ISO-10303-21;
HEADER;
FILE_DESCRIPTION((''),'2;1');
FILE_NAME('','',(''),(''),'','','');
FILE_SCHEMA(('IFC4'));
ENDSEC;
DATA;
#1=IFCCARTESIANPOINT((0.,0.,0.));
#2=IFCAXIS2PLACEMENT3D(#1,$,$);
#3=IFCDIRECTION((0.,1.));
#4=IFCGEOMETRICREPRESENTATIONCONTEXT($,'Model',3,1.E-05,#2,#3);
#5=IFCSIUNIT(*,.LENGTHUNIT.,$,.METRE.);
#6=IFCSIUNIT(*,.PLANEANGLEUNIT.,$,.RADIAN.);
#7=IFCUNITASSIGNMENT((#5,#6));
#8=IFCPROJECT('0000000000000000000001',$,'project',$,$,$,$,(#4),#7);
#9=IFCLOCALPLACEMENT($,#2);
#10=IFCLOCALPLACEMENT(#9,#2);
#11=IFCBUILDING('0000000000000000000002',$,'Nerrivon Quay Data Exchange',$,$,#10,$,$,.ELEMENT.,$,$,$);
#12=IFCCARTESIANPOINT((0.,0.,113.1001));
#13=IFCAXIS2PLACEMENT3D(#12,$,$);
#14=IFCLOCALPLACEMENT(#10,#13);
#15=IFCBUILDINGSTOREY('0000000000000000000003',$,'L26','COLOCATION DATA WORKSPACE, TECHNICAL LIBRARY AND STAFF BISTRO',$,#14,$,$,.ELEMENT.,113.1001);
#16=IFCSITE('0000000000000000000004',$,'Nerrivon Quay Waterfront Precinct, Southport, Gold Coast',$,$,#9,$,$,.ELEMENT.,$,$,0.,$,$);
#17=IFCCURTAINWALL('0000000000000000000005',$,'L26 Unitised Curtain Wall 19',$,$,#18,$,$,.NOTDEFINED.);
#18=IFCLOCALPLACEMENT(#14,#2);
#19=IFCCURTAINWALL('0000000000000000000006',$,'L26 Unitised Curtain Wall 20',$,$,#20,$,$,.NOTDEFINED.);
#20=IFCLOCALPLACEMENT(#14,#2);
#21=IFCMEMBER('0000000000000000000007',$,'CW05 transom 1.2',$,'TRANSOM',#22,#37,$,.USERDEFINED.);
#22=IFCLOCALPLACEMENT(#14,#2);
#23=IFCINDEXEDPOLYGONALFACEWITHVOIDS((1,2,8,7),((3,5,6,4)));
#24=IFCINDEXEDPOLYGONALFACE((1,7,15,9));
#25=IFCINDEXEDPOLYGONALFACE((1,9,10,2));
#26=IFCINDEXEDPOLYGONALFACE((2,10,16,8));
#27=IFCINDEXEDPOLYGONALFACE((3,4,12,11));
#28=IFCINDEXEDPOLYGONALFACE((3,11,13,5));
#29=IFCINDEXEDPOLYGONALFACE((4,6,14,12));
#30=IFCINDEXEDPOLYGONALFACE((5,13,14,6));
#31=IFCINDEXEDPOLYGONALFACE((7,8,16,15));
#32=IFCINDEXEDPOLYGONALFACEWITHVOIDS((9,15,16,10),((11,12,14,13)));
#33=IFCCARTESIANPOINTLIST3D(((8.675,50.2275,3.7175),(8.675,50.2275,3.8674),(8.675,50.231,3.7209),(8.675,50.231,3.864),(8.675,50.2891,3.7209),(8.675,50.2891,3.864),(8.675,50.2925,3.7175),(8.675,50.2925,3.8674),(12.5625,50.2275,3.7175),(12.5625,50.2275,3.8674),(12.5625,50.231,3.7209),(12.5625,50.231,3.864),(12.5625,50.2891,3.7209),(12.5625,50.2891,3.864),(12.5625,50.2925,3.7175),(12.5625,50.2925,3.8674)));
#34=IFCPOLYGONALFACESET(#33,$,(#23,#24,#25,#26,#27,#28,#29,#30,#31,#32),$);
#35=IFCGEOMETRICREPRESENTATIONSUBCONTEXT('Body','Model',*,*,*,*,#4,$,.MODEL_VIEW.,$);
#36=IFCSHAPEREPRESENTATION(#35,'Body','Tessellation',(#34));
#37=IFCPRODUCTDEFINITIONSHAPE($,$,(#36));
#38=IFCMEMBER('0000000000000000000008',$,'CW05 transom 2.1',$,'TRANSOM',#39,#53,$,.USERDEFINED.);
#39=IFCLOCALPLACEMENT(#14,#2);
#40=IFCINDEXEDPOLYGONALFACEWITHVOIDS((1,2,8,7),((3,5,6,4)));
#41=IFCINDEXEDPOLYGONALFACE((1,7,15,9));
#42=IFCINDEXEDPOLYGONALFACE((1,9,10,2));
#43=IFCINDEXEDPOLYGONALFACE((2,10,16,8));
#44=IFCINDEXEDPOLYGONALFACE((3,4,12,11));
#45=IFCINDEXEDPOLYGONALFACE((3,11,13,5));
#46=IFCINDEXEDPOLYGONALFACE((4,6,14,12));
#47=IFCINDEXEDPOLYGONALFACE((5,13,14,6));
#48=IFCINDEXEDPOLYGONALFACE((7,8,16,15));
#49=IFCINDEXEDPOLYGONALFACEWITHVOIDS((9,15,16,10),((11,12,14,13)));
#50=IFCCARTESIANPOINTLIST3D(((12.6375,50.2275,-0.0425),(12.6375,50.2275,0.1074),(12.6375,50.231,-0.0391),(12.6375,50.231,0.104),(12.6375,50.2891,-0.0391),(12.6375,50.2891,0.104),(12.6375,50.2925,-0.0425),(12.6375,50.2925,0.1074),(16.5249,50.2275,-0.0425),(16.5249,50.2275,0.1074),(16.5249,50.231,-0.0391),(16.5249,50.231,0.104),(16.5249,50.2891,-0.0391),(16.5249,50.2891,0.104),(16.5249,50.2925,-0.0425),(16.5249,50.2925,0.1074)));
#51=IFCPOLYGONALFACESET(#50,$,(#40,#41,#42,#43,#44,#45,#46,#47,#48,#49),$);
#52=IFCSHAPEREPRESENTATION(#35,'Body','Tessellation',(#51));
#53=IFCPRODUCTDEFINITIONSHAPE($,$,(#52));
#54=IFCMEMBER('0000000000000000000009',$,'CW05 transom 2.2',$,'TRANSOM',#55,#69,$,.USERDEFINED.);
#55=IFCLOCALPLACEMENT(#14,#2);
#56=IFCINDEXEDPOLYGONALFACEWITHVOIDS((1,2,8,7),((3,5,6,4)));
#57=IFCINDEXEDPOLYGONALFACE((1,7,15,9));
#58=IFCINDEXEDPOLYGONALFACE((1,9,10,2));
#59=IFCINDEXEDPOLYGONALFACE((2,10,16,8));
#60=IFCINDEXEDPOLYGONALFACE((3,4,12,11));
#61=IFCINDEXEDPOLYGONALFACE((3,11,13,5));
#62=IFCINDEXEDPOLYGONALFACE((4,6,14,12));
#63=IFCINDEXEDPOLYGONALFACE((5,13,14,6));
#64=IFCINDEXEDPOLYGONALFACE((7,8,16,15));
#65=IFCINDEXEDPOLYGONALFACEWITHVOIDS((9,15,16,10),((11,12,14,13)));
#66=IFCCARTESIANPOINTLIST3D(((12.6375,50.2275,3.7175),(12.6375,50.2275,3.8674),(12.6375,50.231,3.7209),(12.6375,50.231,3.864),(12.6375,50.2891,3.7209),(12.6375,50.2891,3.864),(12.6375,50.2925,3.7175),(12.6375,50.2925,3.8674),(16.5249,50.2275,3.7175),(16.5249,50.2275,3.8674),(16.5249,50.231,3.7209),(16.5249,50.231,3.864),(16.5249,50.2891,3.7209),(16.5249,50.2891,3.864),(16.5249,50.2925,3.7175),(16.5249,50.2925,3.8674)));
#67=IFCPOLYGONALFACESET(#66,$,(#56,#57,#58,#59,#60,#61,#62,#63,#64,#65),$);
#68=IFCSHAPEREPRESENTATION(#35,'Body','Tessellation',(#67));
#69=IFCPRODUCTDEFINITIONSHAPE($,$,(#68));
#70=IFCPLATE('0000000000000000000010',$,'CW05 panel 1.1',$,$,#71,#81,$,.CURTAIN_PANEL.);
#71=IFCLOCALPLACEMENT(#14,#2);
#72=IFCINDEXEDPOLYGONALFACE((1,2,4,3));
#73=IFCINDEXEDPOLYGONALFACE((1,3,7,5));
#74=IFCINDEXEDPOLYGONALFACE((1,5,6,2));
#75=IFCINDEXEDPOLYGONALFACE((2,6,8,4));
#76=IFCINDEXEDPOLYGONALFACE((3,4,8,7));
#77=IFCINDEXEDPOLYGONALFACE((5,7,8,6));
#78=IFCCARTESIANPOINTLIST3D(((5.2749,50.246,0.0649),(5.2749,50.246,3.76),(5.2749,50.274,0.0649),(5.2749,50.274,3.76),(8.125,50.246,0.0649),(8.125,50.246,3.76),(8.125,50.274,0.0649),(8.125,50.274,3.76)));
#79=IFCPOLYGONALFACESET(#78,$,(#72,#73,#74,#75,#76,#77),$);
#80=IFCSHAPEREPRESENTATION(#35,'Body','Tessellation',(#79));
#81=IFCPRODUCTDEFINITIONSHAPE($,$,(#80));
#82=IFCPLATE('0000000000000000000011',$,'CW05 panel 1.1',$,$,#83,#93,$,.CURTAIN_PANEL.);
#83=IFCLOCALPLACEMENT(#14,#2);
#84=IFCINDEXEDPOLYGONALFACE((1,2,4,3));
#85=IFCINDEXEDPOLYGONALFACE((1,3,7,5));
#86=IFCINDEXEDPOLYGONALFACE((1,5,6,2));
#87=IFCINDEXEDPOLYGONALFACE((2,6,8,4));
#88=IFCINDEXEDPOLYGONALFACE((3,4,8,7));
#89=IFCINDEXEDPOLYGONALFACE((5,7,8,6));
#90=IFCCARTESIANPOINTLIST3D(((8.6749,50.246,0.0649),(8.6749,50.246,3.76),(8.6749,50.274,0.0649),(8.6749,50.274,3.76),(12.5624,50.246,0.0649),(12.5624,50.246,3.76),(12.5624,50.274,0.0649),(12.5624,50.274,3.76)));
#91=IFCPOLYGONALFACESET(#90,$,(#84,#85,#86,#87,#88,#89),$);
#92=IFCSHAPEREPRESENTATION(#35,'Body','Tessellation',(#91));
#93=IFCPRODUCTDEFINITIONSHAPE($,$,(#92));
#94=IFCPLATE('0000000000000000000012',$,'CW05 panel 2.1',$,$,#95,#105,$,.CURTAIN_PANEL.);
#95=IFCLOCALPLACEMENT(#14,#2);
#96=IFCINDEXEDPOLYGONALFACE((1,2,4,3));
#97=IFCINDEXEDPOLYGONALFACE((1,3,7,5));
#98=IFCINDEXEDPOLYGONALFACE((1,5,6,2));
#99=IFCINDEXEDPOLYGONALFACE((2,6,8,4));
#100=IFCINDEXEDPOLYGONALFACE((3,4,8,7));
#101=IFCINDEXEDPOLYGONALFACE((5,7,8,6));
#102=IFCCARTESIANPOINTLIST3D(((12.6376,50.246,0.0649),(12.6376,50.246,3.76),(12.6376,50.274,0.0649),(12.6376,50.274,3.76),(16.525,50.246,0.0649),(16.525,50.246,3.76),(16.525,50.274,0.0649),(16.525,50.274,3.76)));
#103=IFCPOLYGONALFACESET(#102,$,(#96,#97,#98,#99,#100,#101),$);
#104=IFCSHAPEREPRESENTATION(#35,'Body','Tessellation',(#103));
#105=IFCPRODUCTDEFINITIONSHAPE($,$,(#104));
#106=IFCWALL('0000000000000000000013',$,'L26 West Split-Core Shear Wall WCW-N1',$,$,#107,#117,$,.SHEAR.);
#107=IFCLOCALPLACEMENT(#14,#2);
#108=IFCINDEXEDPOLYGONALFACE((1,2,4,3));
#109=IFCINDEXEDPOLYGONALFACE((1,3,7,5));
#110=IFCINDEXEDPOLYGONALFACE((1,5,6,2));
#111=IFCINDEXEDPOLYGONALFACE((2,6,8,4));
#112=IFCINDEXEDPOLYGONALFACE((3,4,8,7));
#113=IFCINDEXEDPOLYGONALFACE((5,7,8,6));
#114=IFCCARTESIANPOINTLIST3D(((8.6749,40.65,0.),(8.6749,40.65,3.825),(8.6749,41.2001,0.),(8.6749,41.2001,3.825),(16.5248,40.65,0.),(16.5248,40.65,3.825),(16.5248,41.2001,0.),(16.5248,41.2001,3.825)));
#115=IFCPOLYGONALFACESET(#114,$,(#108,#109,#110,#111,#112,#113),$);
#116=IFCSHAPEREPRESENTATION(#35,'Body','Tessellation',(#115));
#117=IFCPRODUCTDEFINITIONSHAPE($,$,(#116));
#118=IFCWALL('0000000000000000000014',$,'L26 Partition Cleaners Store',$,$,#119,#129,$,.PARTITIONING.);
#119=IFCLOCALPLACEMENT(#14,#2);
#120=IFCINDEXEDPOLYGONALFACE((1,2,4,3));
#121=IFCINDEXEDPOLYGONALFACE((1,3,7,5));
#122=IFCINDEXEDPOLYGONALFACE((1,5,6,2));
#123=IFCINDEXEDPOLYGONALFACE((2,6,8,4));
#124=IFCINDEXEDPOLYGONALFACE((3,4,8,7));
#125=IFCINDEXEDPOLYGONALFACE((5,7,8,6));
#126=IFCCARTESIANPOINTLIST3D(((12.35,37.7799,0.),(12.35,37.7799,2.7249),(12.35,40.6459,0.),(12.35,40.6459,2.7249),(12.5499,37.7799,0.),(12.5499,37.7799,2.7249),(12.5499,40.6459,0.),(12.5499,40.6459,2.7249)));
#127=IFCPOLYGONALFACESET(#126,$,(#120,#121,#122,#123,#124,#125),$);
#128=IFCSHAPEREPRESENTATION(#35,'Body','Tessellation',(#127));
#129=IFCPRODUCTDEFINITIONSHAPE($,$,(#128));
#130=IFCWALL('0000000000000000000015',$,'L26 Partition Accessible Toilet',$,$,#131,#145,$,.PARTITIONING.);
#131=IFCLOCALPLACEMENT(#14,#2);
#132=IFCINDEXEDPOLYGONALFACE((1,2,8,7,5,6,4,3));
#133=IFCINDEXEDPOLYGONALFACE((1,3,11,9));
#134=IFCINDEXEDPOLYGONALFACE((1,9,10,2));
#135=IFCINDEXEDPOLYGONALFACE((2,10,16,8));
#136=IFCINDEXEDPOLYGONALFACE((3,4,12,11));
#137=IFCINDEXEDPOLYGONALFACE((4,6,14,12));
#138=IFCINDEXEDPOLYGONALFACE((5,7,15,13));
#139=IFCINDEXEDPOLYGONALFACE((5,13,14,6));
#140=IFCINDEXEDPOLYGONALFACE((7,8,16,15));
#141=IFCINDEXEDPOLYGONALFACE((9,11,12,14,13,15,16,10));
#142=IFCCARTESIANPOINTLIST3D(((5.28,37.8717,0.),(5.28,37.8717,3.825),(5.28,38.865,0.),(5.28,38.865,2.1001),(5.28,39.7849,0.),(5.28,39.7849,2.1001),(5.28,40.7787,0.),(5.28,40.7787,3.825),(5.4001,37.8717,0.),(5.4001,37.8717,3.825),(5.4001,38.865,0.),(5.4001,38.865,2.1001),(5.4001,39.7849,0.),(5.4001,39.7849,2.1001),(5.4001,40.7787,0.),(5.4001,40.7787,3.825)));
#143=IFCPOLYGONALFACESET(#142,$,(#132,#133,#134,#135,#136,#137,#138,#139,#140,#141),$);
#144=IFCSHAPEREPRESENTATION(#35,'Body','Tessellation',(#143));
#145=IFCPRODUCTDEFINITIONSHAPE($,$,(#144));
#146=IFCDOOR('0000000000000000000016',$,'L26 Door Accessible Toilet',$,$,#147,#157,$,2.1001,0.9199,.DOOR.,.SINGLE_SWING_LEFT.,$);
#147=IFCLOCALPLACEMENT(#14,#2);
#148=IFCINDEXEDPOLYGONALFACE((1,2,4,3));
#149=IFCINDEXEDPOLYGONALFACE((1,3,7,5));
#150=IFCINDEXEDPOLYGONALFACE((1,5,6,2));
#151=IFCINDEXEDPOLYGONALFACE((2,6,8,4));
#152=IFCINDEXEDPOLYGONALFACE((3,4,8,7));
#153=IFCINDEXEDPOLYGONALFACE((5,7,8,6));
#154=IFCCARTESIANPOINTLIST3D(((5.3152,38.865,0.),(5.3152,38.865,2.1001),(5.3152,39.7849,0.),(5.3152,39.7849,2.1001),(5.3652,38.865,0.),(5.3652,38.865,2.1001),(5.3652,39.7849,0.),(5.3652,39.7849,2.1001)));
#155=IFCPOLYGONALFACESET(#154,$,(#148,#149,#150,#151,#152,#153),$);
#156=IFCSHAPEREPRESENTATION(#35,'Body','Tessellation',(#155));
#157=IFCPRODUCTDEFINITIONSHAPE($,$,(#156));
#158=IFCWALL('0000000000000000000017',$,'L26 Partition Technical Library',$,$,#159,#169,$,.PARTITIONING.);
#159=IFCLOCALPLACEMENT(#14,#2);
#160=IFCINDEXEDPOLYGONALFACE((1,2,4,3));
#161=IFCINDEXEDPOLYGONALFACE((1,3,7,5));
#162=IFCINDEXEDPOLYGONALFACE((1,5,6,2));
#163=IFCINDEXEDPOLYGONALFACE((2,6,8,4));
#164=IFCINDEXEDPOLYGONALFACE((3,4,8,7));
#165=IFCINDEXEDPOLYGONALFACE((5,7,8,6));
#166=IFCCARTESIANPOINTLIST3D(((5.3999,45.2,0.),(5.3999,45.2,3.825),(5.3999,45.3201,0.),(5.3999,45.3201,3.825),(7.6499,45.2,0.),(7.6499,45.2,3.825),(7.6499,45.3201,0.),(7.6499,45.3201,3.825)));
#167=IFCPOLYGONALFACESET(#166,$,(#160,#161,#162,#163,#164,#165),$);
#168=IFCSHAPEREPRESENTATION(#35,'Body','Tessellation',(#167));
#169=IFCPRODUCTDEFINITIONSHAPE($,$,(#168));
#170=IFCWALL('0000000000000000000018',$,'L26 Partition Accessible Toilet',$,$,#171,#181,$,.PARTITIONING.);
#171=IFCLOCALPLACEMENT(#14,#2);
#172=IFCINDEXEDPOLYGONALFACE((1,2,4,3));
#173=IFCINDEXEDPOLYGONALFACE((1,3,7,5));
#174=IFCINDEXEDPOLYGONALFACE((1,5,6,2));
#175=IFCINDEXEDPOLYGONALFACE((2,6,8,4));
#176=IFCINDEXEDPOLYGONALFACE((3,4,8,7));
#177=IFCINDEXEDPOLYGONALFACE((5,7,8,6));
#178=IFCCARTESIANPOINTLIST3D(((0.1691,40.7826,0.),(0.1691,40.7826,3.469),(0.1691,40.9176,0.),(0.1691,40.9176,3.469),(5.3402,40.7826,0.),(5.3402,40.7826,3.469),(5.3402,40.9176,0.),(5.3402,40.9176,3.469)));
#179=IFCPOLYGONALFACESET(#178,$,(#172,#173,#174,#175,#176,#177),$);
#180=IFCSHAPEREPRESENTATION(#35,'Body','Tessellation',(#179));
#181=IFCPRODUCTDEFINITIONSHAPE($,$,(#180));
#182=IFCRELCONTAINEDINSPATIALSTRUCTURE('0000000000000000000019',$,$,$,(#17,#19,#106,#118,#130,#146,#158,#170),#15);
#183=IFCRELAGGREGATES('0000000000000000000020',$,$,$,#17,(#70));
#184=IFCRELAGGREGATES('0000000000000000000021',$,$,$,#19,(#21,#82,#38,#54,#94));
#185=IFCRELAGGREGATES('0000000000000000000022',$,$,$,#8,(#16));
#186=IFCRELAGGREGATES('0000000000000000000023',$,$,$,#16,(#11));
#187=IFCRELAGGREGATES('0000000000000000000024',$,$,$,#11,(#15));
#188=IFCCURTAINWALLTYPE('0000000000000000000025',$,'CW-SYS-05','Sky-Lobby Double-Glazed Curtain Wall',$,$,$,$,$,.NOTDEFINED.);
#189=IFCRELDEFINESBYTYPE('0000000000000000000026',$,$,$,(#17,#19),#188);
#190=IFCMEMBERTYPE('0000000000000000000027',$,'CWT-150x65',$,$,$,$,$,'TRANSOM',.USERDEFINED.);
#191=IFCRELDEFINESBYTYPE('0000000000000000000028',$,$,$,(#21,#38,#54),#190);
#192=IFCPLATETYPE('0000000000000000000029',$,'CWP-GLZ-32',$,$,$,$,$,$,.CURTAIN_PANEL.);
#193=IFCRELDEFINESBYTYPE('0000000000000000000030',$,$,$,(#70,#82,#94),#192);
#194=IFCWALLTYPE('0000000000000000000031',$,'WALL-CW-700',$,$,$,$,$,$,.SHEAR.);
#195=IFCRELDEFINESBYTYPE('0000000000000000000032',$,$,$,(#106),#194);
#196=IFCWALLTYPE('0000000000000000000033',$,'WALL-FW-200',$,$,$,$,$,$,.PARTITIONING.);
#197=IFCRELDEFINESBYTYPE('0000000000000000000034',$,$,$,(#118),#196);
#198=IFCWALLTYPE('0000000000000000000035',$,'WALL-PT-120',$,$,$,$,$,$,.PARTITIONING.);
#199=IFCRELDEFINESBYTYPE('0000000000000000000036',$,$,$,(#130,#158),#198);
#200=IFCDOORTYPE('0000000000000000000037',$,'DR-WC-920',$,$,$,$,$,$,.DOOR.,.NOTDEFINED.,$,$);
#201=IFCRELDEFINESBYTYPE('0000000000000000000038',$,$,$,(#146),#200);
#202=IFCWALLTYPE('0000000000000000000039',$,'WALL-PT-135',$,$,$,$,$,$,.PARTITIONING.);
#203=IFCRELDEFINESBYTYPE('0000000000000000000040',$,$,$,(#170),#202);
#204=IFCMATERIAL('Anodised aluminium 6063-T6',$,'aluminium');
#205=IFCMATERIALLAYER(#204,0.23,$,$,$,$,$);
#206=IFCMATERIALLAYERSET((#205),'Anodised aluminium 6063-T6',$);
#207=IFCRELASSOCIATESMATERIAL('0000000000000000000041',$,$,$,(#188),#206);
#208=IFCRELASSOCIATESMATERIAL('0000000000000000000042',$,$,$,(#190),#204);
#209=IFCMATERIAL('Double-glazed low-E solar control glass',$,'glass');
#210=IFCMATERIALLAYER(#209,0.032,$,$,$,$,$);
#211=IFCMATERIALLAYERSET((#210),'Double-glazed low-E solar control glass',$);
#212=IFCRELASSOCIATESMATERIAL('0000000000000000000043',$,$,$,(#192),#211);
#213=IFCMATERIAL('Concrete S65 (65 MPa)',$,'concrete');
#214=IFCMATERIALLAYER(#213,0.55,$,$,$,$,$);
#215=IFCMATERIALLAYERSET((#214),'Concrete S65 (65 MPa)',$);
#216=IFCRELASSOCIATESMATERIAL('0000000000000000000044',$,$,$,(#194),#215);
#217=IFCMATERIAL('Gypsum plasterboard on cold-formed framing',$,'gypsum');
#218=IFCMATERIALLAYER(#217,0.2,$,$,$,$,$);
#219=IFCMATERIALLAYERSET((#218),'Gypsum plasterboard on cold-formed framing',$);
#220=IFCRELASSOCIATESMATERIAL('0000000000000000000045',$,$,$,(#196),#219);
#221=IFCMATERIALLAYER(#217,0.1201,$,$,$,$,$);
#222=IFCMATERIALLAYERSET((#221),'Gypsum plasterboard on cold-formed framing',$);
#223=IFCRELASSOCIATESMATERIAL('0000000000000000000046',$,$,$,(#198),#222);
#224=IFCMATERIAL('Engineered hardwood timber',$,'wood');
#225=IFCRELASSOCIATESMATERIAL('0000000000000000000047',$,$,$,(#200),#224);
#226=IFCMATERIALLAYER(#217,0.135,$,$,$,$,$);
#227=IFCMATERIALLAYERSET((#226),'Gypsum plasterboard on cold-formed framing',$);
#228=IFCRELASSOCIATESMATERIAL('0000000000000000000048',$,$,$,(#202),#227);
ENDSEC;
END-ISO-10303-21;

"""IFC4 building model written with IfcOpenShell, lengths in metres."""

from ifc_helpers import new_model, si_unit, direction, frame, frame_2d, origin, origin_2d, place, context, subcontext, project, spatial, rectangle, hollow_rectangle, extrude, material, layer, layer_set, material_profile, profile_set, type_object, element, fill, aggregate, save


model = new_model("IFC4")

# Units and contexts
model_context = context("Model", 3, precision=1e-05, world=origin(), true_north=direction((0.0, 1.0)))
body_context = subcontext(model_context, "Body", "Model", "MODEL_VIEW")
ifc_project = project(units=[si_unit("LENGTHUNIT", "METRE"), si_unit("PLANEANGLEUNIT", "RADIAN")], contexts=[model_context])

# Site, building, storey
site_placement = place(None, origin())
site = spatial("IfcSite", under=ifc_project, at=site_placement, Name="Nerrivon Quay Waterfront Precinct, Southport, Gold Coast", CompositionType="ELEMENT", RefElevation=0.0)
building_placement = place(site_placement, origin())
building = spatial("IfcBuilding", under=site, at=building_placement, Name="Nerrivon Quay Data Exchange", CompositionType="ELEMENT")
storey_placement = place(building_placement, frame((0.0, 0.0, 113.1001)))
storey = spatial("IfcBuildingStorey", under=building, at=storey_placement, Name="L26", Description="COLOCATION DATA WORKSPACE, TECHNICAL LIBRARY AND STAFF BISTRO", CompositionType="ELEMENT", Elevation=113.1001)

# Shared definitions
ifc_material_1 = material(Name="Concrete S65 (65 MPa)", Category="concrete")

# Curtain wall
ifc_material_2 = material(Name="Anodised aluminium 6063-T6", Category="aluminium")
ifc_layer_1 = layer(ifc_material_2, 0.23)
ifc_layer_set_1 = layer_set([ifc_layer_1], Name="Anodised aluminium 6063-T6")
curtain_wall_type = type_object("IfcCurtainWallType", Name="CW-SYS-05", Description="Sky-Lobby Double-Glazed Curtain Wall", PredefinedType="NOTDEFINED", material=ifc_layer_set_1)
curtain_wall_1_placement = place(storey_placement, origin())
curtain_wall_1 = element("IfcCurtainWall", 1, at=curtain_wall_1_placement, inside=storey, type_object=curtain_wall_type, Name="L26 Unitised Curtain Wall 19", PredefinedType="NOTDEFINED")

# Curtain wall, members
curtain_wall_2_placement = place(storey_placement, origin())
curtain_wall_2 = element("IfcCurtainWall", 2, at=curtain_wall_2_placement, inside=storey, type_object=curtain_wall_type, Name="L26 Unitised Curtain Wall 20", PredefinedType="NOTDEFINED")
ifc_material_profile_1 = material_profile(ifc_material_2, hollow_rectangle(XDim=0.0649, YDim=0.1499, WallThickness=0.0034, at=origin_2d()), Name="ALU-TRAN-150x65")
ifc_profile_set_1 = profile_set([ifc_material_profile_1], Name="Anodised aluminium 6063-T6")
member_type_1 = type_object("IfcMemberType", Name="CWT-150x65", ElementType="TRANSOM", PredefinedType="USERDEFINED", material=ifc_profile_set_1)
member_1_placement = place(storey_placement, frame((8.675, 50.26, 3.7925), z_axis=(1.0, 0.0, 0.0), x_axis=(0.0, 1.0, 0.0)))
member_1 = element("IfcMember", 3, at=member_1_placement, type_object=member_type_1, Name="CW05 transom 1.2", ObjectType="TRANSOM", PredefinedType="USERDEFINED", context=body_context, shape_type="SweptSolid", body=[
    extrude(hollow_rectangle(XDim=0.0649, YDim=0.1499, WallThickness=0.0034, at=origin_2d()), origin(), (0.0, 0.0, 1.0), 3.8875),
])
member_2_placement = place(storey_placement, frame((12.6375, 50.26, 0.0325), z_axis=(1.0, 0.0, 0.0), x_axis=(0.0, 1.0, 0.0)))
member_2 = element("IfcMember", 4, at=member_2_placement, type_object=member_type_1, Name="CW05 transom 2.1", ObjectType="TRANSOM", PredefinedType="USERDEFINED", context=body_context, shape_type="SweptSolid", body=[
    extrude(hollow_rectangle(XDim=0.0649, YDim=0.1499, WallThickness=0.0034, at=origin_2d()), origin(), (0.0, 0.0, 1.0), 3.8875),
])
member_3_placement = place(storey_placement, frame((12.6375, 50.26, 3.7925), z_axis=(1.0, 0.0, 0.0), x_axis=(0.0, 1.0, 0.0)))
member_3 = element("IfcMember", 5, at=member_3_placement, type_object=member_type_1, Name="CW05 transom 2.2", ObjectType="TRANSOM", PredefinedType="USERDEFINED", context=body_context, shape_type="SweptSolid", body=[
    extrude(hollow_rectangle(XDim=0.0649, YDim=0.1499, WallThickness=0.0034, at=origin_2d()), origin(), (0.0, 0.0, 1.0), 3.8875),
])

# Plates
ifc_material_3 = material(Name="Double-glazed low-E solar control glass", Category="glass")
ifc_layer_2 = layer(ifc_material_3, 0.032)
ifc_layer_set_2 = layer_set([ifc_layer_2], Name="Double-glazed low-E solar control glass")
plate_type = type_object("IfcPlateType", Name="CWP-GLZ-32", PredefinedType="CURTAIN_PANEL", material=ifc_layer_set_2)
plate_1_placement = place(storey_placement, frame((6.7, 50.26, 0.0649), z_axis=(0.0, 0.0, 1.0), x_axis=(1.0, 0.0, 0.0)))
plate_1 = element("IfcPlate", 6, at=plate_1_placement, type_object=plate_type, Name="CW05 panel 1.1", PredefinedType="CURTAIN_PANEL", context=body_context, shape_type="SweptSolid", body=[
    extrude(rectangle(XDim=2.8501, YDim=0.0281, at=origin_2d()), origin(), (0.0, 0.0, 1.0), 3.6951),
])
aggregate(curtain_wall_1, [plate_1])
plate_2_placement = place(storey_placement, frame((10.6187, 50.26, 0.0649), z_axis=(0.0, 0.0, 1.0), x_axis=(1.0, 0.0, 0.0)))
plate_2 = element("IfcPlate", 7, at=plate_2_placement, type_object=plate_type, Name="CW05 panel 1.1", PredefinedType="CURTAIN_PANEL", context=body_context, shape_type="SweptSolid", body=[
    extrude(rectangle(XDim=3.8875, YDim=0.0281, at=origin_2d()), origin(), (0.0, 0.0, 1.0), 3.6951),
])
plate_3_placement = place(storey_placement, frame((14.5813, 50.26, 0.0649), z_axis=(0.0, 0.0, 1.0), x_axis=(1.0, 0.0, 0.0)))
plate_3 = element("IfcPlate", 8, at=plate_3_placement, type_object=plate_type, Name="CW05 panel 2.1", PredefinedType="CURTAIN_PANEL", context=body_context, shape_type="SweptSolid", body=[
    extrude(rectangle(XDim=3.8875, YDim=0.0281, at=origin_2d()), origin(), (0.0, 0.0, 1.0), 3.6951),
])
aggregate(curtain_wall_2, [member_1, plate_2, member_2, member_3, plate_3])

# Walls
ifc_layer_3 = layer(ifc_material_1, 0.55)
ifc_layer_set_3 = layer_set([ifc_layer_3], Name="Concrete S65 (65 MPa)")
wall_type_1 = type_object("IfcWallType", Name="WALL-CW-700", PredefinedType="SHEAR", material=ifc_layer_set_3)
wall_1_placement = place(storey_placement, frame((8.675, 40.925, 0.0), z_axis=(0.0, 0.0, 1.0), x_axis=(1.0, 0.0, 0.0)))
element("IfcWall", 9, at=wall_1_placement, inside=storey, type_object=wall_type_1, Name="L26 West Split-Core Shear Wall WCW-N1", PredefinedType="SHEAR", context=body_context, shape_type="SweptSolid", body=[
    extrude(rectangle(XDim=7.8499, YDim=0.55, at=frame_2d((3.9248, 0.0))), origin(), (0.0, 0.0, 1.0), 3.825),
])
ifc_material_4 = material(Name="Gypsum plasterboard on cold-formed framing", Category="gypsum")
ifc_layer_4 = layer(ifc_material_4, 0.2)
ifc_layer_set_4 = layer_set([ifc_layer_4], Name="Gypsum plasterboard on cold-formed framing")
wall_type_2 = type_object("IfcWallType", Name="WALL-FW-200", PredefinedType="PARTITIONING", material=ifc_layer_set_4)
wall_2_placement = place(storey_placement, frame((12.45, 40.646, 0.0), z_axis=(0.0, 0.0, 1.0), x_axis=(0.0, -1.0, 0.0)))
element("IfcWall", 10, at=wall_2_placement, inside=storey, type_object=wall_type_2, Name="L26 Partition Cleaners Store", PredefinedType="PARTITIONING", context=body_context, shape_type="SweptSolid", body=[
    extrude(rectangle(XDim=2.866, YDim=0.2, at=frame_2d((1.4331, 0.0))), origin(), (0.0, 0.0, 1.0), 2.7249),
])

# Wall, opening, door
ifc_layer_5 = layer(ifc_material_4, 0.1201)
ifc_layer_set_5 = layer_set([ifc_layer_5], Name="Gypsum plasterboard on cold-formed framing")
wall_type_3 = type_object("IfcWallType", Name="WALL-PT-120", PredefinedType="PARTITIONING", material=ifc_layer_set_5)
wall_3_placement = place(storey_placement, frame((5.3401, 37.8716, 0.0), z_axis=(0.0, 0.0, 1.0), x_axis=(0.0, 1.0, 0.0)))
wall_3 = element("IfcWall", 11, at=wall_3_placement, inside=storey, type_object=wall_type_3, Name="L26 Partition Accessible Toilet", PredefinedType="PARTITIONING", context=body_context, shape_type="SweptSolid", body=[
    extrude(rectangle(XDim=2.907, YDim=0.1201, at=frame_2d((1.4536, 0.0))), origin(), (0.0, 0.0, 1.0), 3.825),
])
opening_placement = place(wall_3_placement, frame((0.9934, 0.0, 0.0)))
opening = element("IfcOpeningElement", 12, at=opening_placement, cuts=wall_3, PredefinedType="OPENING", context=body_context, shape_type="SweptSolid", body=[
    extrude(rectangle(XDim=0.9199, YDim=2.1001, at=frame_2d((0.46, 1.05))), frame((0.0, 0.0701, 0.0), z_axis=(0.0, -1.0, 0.0), x_axis=(1.0, 0.0, 0.0)), (0.0, 0.0, 1.0), 0.1401),
])
ifc_material_5 = material(Name="Engineered hardwood timber", Category="wood")
door_type = type_object("IfcDoorType", Name="DR-WC-920", OperationType="NOTDEFINED", PredefinedType="DOOR", material=ifc_material_5)
door_placement = place(opening_placement, origin())
door = element("IfcDoor", 13, at=door_placement, inside=storey, type_object=door_type, Name="L26 Door Accessible Toilet", OperationType="SINGLE_SWING_LEFT", OverallHeight=2.1001, OverallWidth=0.9199, PredefinedType="DOOR", context=body_context, shape_type="SweptSolid", body=[
    extrude(rectangle(XDim=0.9199, YDim=2.1001, at=frame_2d((0.46, 1.05))), frame((0.0, 0.0249, 0.0), z_axis=(0.0, -1.0, 0.0), x_axis=(1.0, 0.0, 0.0)), (0.0, 0.0, 1.0), 0.05),
])
fill(opening, door)

# Walls
wall_4_placement = place(storey_placement, frame((5.3999, 45.26, 0.0), z_axis=(0.0, 0.0, 1.0), x_axis=(1.0, 0.0, 0.0)))
element("IfcWall", 14, at=wall_4_placement, inside=storey, type_object=wall_type_3, Name="L26 Partition Technical Library", PredefinedType="PARTITIONING", context=body_context, shape_type="SweptSolid", body=[
    extrude(rectangle(XDim=2.25, YDim=0.1201, at=frame_2d((1.125, 0.0))), origin(), (0.0, 0.0, 1.0), 3.825),
])
ifc_layer_6 = layer(ifc_material_4, 0.135)
ifc_layer_set_6 = layer_set([ifc_layer_6], Name="Gypsum plasterboard on cold-formed framing")
wall_type_4 = type_object("IfcWallType", Name="WALL-PT-135", PredefinedType="PARTITIONING", material=ifc_layer_set_6)
wall_5_placement = place(storey_placement, frame((5.3401, 40.8501, 0.0), z_axis=(0.0, 0.0, 1.0), x_axis=(-1.0, 0.0, 0.0)))
element("IfcWall", 15, at=wall_5_placement, inside=storey, type_object=wall_type_4, Name="L26 Partition Accessible Toilet", PredefinedType="PARTITIONING", context=body_context, shape_type="SweptSolid", body=[
    extrude(rectangle(XDim=5.1711, YDim=0.135, at=frame_2d((2.5854, 0.0))), origin(), (0.0, 0.0, 1.0), 3.469),
])

save(model, "model.ifc")
